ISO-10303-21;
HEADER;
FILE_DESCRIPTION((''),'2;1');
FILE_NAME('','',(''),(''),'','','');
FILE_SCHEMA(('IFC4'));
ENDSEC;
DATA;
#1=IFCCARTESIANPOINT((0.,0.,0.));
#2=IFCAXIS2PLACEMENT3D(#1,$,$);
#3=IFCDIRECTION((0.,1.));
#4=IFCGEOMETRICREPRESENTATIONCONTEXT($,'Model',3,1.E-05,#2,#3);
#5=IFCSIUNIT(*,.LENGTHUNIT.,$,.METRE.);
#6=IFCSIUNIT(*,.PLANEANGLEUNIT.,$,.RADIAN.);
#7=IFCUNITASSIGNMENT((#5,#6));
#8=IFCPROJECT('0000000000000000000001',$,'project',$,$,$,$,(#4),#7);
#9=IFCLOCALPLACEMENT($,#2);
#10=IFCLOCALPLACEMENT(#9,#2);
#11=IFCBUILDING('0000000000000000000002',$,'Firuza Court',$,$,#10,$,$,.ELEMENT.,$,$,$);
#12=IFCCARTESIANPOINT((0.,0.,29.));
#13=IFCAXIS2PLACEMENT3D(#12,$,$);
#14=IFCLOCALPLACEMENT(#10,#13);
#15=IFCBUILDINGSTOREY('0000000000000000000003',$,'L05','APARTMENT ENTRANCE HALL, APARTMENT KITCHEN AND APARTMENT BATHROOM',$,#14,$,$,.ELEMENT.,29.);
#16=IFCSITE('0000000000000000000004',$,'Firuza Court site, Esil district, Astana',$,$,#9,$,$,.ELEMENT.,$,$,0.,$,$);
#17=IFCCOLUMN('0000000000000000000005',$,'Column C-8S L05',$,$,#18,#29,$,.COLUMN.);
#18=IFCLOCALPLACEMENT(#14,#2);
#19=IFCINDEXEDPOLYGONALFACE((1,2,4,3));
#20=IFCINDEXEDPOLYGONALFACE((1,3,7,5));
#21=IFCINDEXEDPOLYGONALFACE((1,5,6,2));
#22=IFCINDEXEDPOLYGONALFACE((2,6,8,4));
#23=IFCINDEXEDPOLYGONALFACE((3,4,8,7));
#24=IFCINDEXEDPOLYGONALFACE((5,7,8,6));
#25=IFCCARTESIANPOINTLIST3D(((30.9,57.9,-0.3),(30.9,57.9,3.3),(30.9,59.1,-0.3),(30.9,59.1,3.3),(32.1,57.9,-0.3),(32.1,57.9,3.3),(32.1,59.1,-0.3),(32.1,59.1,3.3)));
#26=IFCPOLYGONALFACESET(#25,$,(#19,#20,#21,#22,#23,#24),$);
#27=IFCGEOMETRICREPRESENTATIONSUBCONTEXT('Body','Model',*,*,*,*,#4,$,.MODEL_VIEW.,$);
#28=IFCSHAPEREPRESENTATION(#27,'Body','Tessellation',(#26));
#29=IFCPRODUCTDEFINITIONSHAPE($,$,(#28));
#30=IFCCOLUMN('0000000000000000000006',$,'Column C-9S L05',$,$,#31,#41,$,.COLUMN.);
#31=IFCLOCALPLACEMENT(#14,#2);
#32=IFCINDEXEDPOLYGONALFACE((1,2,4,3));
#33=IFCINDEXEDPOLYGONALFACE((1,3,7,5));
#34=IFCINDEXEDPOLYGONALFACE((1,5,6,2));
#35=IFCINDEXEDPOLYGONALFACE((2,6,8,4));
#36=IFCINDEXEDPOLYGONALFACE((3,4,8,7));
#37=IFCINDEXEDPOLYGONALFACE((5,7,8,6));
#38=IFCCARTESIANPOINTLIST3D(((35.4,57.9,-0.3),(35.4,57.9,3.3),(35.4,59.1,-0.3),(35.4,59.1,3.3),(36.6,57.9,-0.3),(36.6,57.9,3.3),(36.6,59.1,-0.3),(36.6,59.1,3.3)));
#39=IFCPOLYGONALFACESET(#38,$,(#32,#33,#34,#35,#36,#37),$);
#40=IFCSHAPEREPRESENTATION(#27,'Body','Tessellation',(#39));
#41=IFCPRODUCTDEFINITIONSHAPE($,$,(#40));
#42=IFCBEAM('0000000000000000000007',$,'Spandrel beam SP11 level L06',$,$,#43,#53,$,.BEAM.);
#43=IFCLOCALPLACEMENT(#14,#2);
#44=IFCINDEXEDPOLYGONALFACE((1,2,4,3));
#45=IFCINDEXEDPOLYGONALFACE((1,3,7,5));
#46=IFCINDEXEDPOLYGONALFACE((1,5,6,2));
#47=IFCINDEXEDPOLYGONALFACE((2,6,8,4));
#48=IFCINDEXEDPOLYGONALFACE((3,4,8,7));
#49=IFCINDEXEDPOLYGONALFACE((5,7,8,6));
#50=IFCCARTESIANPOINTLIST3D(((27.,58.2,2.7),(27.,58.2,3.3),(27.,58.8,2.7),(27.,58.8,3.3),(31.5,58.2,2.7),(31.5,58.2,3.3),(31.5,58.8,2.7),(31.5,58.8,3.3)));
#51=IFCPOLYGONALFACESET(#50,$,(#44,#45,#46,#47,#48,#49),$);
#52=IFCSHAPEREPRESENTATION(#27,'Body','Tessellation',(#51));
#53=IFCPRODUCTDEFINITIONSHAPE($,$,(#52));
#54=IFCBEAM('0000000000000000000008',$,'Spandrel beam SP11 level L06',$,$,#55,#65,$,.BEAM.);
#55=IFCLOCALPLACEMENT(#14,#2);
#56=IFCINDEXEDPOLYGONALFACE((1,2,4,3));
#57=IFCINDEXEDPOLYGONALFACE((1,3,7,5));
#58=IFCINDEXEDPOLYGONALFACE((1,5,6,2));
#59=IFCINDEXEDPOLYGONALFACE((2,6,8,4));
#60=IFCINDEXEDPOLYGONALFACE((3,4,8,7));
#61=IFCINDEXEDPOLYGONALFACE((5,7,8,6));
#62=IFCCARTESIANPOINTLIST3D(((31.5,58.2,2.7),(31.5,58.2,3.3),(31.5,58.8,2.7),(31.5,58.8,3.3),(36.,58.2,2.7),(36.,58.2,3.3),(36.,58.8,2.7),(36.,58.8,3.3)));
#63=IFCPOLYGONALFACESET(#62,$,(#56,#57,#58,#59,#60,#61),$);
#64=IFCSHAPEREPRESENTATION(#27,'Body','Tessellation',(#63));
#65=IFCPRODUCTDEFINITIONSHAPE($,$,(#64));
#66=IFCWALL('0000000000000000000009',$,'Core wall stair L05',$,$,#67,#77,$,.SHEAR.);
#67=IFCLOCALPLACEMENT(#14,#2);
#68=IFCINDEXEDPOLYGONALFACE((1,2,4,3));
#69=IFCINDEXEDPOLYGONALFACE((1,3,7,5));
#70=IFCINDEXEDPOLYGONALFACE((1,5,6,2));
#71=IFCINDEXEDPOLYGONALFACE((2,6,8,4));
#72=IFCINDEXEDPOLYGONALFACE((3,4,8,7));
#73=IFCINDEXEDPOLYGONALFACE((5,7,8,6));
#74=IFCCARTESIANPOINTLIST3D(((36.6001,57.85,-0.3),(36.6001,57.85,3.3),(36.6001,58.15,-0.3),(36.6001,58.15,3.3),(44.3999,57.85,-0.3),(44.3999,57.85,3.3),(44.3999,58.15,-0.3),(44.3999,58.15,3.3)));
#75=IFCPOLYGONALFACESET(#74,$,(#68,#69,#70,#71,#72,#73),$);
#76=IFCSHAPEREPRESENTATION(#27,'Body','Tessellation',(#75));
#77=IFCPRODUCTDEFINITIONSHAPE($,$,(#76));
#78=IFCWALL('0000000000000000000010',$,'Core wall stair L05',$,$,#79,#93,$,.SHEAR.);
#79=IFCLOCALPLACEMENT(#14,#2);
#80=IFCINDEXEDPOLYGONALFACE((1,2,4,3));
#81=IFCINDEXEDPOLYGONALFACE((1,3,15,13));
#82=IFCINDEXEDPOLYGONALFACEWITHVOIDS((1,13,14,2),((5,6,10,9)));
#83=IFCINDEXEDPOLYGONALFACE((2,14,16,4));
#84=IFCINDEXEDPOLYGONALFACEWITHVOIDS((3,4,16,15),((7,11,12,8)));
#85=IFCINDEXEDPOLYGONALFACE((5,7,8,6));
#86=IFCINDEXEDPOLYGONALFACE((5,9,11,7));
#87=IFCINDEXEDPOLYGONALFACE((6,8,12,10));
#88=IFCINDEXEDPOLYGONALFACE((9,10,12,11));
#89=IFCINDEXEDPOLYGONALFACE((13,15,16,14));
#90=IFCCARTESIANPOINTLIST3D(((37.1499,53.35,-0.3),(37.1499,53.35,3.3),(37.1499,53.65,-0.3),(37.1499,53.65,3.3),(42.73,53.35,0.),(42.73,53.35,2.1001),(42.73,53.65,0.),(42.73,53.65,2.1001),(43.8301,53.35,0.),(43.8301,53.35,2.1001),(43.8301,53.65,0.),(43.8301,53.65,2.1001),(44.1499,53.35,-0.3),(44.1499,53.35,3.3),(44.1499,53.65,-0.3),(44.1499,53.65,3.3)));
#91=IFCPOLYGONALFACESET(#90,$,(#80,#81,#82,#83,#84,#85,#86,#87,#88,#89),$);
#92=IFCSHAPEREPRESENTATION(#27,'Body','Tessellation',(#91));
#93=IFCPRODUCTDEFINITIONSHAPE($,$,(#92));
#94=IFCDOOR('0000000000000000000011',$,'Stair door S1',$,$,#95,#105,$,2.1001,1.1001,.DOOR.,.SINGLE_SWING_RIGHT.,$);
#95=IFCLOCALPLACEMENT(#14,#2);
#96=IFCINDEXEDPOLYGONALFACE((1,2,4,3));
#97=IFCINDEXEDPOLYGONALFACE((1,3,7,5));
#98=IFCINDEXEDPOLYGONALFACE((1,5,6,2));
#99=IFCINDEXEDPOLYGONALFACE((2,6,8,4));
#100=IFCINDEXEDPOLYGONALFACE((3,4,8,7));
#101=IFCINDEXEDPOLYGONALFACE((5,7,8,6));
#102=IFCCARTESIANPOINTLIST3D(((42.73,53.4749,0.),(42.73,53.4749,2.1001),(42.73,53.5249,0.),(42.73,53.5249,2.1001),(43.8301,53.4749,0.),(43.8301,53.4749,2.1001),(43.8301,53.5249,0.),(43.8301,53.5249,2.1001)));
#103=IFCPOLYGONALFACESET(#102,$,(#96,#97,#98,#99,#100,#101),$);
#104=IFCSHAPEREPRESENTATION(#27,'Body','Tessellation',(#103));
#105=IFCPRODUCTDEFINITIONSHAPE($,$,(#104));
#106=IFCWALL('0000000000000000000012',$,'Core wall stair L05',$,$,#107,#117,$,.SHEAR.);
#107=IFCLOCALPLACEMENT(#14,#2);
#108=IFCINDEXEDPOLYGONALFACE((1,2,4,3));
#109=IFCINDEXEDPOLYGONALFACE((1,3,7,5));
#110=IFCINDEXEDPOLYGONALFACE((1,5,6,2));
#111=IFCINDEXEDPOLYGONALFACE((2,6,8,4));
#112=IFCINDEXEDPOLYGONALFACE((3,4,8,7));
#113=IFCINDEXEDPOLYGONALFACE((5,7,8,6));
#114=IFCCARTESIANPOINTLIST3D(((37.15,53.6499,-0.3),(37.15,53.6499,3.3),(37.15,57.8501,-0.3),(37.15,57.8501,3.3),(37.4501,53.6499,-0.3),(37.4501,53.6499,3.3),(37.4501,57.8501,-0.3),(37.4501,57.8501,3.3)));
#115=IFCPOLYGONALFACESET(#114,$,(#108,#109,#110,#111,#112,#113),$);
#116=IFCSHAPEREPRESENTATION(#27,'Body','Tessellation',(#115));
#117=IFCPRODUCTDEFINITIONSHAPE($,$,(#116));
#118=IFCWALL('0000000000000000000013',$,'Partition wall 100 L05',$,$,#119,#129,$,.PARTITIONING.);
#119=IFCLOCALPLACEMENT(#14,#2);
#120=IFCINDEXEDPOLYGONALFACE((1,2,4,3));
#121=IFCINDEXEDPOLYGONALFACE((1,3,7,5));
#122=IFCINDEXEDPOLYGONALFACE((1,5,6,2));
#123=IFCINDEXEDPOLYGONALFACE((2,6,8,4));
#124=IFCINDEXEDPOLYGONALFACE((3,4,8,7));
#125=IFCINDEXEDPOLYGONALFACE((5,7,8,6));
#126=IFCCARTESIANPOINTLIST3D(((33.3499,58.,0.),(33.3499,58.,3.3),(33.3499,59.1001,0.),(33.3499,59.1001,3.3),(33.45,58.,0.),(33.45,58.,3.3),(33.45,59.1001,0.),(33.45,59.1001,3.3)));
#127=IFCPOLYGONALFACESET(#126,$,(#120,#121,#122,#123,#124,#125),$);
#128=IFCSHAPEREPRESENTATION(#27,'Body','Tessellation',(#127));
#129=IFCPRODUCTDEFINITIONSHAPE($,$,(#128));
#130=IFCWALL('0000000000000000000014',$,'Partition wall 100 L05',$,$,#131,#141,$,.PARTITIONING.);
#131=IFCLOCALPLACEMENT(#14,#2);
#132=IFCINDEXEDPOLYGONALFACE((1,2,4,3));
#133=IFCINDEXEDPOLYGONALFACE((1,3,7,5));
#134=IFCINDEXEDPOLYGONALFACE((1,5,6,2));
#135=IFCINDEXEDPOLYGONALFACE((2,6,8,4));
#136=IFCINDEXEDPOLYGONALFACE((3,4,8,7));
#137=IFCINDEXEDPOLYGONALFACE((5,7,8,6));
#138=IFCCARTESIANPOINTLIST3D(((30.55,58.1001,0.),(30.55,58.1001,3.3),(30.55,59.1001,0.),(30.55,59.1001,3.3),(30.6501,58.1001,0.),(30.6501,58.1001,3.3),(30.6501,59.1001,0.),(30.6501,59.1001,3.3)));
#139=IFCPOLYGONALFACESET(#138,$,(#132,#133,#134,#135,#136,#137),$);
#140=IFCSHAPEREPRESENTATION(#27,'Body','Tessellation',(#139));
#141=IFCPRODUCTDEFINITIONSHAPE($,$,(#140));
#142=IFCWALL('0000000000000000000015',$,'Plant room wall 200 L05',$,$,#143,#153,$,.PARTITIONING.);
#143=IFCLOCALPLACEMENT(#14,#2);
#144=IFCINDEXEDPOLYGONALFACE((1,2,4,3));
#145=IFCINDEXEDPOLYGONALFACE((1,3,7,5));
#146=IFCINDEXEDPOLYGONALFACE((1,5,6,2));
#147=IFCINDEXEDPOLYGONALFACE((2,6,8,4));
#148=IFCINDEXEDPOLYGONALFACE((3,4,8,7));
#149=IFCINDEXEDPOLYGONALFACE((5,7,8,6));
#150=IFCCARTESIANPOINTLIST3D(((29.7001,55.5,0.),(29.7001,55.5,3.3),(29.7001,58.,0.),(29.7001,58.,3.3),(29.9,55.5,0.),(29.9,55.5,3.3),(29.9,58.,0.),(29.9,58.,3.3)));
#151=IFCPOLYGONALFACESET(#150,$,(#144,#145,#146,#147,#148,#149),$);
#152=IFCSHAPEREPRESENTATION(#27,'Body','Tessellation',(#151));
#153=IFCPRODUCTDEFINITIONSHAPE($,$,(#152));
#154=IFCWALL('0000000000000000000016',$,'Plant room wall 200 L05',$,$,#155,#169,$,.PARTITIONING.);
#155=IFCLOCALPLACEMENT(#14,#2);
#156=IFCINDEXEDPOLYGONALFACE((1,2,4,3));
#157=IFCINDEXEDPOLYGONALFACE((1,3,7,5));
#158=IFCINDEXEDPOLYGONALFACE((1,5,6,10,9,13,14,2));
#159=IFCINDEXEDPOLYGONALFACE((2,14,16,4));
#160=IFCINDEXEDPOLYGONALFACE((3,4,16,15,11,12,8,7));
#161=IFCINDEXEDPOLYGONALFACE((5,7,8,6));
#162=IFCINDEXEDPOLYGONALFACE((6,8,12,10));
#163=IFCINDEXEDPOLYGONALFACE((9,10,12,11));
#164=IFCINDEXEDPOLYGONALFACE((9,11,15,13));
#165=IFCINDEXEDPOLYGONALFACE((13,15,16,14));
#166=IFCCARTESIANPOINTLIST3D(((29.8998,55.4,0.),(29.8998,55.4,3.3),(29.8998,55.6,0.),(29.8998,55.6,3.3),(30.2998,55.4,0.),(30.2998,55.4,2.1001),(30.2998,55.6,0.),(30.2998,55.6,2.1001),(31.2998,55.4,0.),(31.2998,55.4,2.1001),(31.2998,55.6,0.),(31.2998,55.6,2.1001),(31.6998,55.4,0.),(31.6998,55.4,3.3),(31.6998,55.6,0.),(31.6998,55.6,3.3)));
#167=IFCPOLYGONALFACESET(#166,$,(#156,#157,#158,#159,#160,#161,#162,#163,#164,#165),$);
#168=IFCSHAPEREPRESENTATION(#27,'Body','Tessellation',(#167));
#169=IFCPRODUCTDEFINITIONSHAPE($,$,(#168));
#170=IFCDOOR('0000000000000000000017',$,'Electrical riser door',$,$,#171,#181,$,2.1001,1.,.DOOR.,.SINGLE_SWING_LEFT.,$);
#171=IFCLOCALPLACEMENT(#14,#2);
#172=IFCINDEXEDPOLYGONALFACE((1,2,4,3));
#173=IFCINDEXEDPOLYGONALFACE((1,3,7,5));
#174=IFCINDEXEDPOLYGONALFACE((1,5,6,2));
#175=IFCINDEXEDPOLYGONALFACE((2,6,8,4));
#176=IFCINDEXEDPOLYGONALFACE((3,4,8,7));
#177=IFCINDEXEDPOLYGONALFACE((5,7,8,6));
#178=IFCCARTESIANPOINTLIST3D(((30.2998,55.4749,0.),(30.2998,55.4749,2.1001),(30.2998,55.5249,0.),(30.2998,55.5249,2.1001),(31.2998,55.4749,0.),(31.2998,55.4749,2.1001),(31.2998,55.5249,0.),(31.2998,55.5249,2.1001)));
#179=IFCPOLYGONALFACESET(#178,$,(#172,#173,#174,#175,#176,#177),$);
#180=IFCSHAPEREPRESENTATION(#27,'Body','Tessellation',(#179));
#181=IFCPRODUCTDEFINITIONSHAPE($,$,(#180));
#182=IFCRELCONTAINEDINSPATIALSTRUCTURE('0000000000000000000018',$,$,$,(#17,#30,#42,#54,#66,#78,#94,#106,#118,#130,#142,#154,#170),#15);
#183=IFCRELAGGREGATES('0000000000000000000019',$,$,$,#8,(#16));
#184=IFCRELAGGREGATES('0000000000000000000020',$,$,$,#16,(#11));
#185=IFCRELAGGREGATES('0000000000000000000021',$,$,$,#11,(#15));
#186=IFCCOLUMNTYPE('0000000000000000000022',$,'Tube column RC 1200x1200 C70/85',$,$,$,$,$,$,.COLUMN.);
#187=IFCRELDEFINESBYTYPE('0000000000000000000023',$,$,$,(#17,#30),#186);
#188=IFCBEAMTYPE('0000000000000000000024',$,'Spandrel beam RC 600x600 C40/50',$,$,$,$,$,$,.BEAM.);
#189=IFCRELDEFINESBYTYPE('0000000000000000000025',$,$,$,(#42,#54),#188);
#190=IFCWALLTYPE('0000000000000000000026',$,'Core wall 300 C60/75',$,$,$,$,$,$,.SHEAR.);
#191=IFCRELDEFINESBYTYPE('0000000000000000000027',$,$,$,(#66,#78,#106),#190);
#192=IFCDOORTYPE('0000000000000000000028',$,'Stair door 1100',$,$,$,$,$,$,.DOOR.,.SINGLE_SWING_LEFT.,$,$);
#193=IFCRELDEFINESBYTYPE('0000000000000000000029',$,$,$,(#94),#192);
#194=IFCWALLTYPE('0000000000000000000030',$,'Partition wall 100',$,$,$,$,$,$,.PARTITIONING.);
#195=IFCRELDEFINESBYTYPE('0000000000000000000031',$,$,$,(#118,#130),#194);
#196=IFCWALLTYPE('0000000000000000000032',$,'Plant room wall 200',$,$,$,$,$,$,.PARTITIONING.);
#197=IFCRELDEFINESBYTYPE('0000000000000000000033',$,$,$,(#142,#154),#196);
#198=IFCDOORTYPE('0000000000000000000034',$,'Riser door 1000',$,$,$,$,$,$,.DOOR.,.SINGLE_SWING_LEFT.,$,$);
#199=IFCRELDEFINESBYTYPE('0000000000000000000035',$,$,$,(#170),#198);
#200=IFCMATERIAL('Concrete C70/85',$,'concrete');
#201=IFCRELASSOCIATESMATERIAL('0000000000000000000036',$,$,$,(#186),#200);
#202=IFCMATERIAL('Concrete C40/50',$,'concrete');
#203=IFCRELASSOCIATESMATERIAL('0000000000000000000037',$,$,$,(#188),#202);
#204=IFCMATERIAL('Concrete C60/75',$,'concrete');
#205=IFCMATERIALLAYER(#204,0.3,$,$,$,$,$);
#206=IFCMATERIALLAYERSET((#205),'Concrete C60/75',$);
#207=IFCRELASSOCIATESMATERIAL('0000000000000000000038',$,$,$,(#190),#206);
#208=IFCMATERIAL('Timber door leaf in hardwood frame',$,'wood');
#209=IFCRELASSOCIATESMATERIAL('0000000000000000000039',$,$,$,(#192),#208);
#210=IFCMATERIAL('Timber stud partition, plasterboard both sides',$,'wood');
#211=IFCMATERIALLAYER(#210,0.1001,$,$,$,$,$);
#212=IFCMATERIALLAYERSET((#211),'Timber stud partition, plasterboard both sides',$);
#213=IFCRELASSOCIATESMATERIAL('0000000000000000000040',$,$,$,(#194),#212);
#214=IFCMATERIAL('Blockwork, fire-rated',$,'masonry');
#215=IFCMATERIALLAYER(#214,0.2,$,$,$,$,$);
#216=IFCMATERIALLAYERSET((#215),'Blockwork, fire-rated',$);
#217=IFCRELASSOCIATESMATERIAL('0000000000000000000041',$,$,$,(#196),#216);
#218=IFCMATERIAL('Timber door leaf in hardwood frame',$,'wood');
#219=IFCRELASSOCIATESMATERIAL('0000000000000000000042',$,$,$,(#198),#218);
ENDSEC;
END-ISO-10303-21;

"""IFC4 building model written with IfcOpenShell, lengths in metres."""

from ifc_helpers import new_model, si_unit, direction, frame, frame_2d, origin, origin_2d, place, context, subcontext, project, spatial, rectangle, extrude, material, layer, layer_set, material_profile, profile_set, type_object, element, fill, save


model = new_model("IFC4")

# Units and contexts
model_context = context("Model", 3, precision=1e-05, world=origin(), true_north=direction((0.0, 1.0)))
body_context = subcontext(model_context, "Body", "Model", "MODEL_VIEW")
ifc_project = project(units=[si_unit("LENGTHUNIT", "METRE"), si_unit("PLANEANGLEUNIT", "RADIAN")], contexts=[model_context])

# Site, building, storey
site_placement = place(None, origin())
site = spatial("IfcSite", under=ifc_project, at=site_placement, Name="Firuza Court site, Esil district, Astana", CompositionType="ELEMENT", RefElevation=0.0)
building_placement = place(site_placement, origin())
building = spatial("IfcBuilding", under=site, at=building_placement, Name="Firuza Court", CompositionType="ELEMENT")
storey_placement = place(building_placement, frame((0.0, 0.0, 29.0)))
storey = spatial("IfcBuildingStorey", under=building, at=storey_placement, Name="L05", Description="APARTMENT ENTRANCE HALL, APARTMENT KITCHEN AND APARTMENT BATHROOM", CompositionType="ELEMENT", Elevation=29.0)

# Columns
ifc_material_1 = material(Name="Concrete C70/85", Category="concrete")
ifc_material_profile_1 = material_profile(ifc_material_1, rectangle(XDim=1.2, YDim=1.2, at=origin_2d()), Name="RC 1200x1200")
ifc_profile_set_1 = profile_set([ifc_material_profile_1], Name="Concrete C70/85")
column_type = type_object("IfcColumnType", Name="Tube column RC 1200x1200 C70/85", PredefinedType="COLUMN", material=ifc_profile_set_1)
for number, where, z_axis, x_axis, name in (
    (1, (31.5, 58.5, -0.3), (0.0, 0.0, 1.0), (1.0, 0.0, 0.0), "Column C-8S L05"),
    (2, (36.0, 58.5, -0.3), (0.0, 0.0, 1.0), (1.0, 0.0, 0.0), "Column C-9S L05"),
):
    element("IfcColumn", number, at=place(storey_placement, frame(where, z_axis=z_axis, x_axis=x_axis)), inside=storey, type_object=column_type, Name=name, PredefinedType="COLUMN", context=body_context, shape_type="SweptSolid", body=[
        extrude(rectangle(XDim=1.2, YDim=1.2, at=origin_2d()), origin(), (0.0, 0.0, 1.0), 3.6001),
    ])

# Beams
ifc_material_2 = material(Name="Concrete C40/50", Category="concrete")
ifc_material_profile_2 = material_profile(ifc_material_2, rectangle(XDim=0.6001, YDim=0.6001, at=origin_2d()), Name="RC 600x600")
ifc_profile_set_2 = profile_set([ifc_material_profile_2], Name="Concrete C40/50")
beam_type = type_object("IfcBeamType", Name="Spandrel beam RC 600x600 C40/50", PredefinedType="BEAM", material=ifc_profile_set_2)
for number, where, z_axis, x_axis, name in (
    (3, (31.5, 58.5, 3.0), (-1.0, 0.0, 0.0), (0.0, -1.0, 0.0), "Spandrel beam SP11 level L06"),
    (4, (36.0, 58.5, 3.0), (-1.0, 0.0, 0.0), (0.0, -1.0, 0.0), "Spandrel beam SP11 level L06"),
):
    element("IfcBeam", number, at=place(storey_placement, frame(where, z_axis=z_axis, x_axis=x_axis)), inside=storey, type_object=beam_type, Name=name, PredefinedType="BEAM", context=body_context, shape_type="SweptSolid", body=[
        extrude(rectangle(XDim=0.6001, YDim=0.6001, at=origin_2d()), origin(), (0.0, 0.0, 1.0), 4.5),
    ])

# Wall
ifc_material_3 = material(Name="Concrete C60/75", Category="concrete")
ifc_layer_1 = layer(ifc_material_3, 0.3)
ifc_layer_set_1 = layer_set([ifc_layer_1], Name="Concrete C60/75")
wall_type_1 = type_object("IfcWallType", Name="Core wall 300 C60/75", PredefinedType="SHEAR", material=ifc_layer_set_1)
wall_1_placement = place(storey_placement, frame((36.6001, 58.0, -0.3), z_axis=(0.0, 0.0, 1.0), x_axis=(1.0, 0.0, 0.0)))
element("IfcWall", 5, at=wall_1_placement, inside=storey, type_object=wall_type_1, Name="Core wall stair L05", PredefinedType="SHEAR", context=body_context, shape_type="SweptSolid", body=[
    extrude(rectangle(XDim=7.7998, YDim=0.3, at=frame_2d((3.8999, 0.0))), origin(), (0.0, 0.0, 1.0), 3.6001),
])

# Wall, opening, door
wall_2_placement = place(storey_placement, frame((37.1499, 53.5, -0.3), z_axis=(0.0, 0.0, 1.0), x_axis=(1.0, 0.0, 0.0)))
wall_2 = element("IfcWall", 6, at=wall_2_placement, inside=storey, type_object=wall_type_1, Name="Core wall stair L05", PredefinedType="SHEAR", context=body_context, shape_type="SweptSolid", body=[
    extrude(rectangle(XDim=7.0, YDim=0.3, at=frame_2d((3.5, 0.0))), origin(), (0.0, 0.0, 1.0), 3.6001),
])
opening_1_placement = place(wall_2_placement, frame((5.5801, 0.0, 0.3)))
opening_1 = element("IfcOpeningElement", 7, at=opening_1_placement, cuts=wall_2, PredefinedType="OPENING", context=body_context, shape_type="SweptSolid", body=[
    extrude(rectangle(XDim=1.1001, YDim=2.1001, at=frame_2d((0.55, 1.05))), frame((0.0, 0.1621, 0.0), z_axis=(0.0, -1.0, 0.0), x_axis=(1.0, 0.0, 0.0)), (0.0, 0.0, 1.0), 0.324),
])
ifc_material_4 = material(Name="Timber door leaf in hardwood frame", Category="wood")
door_type_1 = type_object("IfcDoorType", Name="Stair door 1100", OperationType="SINGLE_SWING_LEFT", PredefinedType="DOOR", material=ifc_material_4)
door_1_placement = place(opening_1_placement, origin())
door_1 = element("IfcDoor", 8, at=door_1_placement, inside=storey, type_object=door_type_1, Name="Stair door S1", OperationType="SINGLE_SWING_RIGHT", OverallHeight=2.1001, OverallWidth=1.1001, PredefinedType="DOOR", context=body_context, shape_type="SweptSolid", body=[
    extrude(rectangle(XDim=1.1001, YDim=2.1001, at=frame_2d((0.55, 1.05))), frame((0.0, 0.0249, 0.0), z_axis=(0.0, -1.0, 0.0), x_axis=(1.0, 0.0, 0.0)), (0.0, 0.0, 1.0), 0.05),
])
fill(opening_1, door_1)

# Walls
wall_3_placement = place(storey_placement, frame((37.3, 53.6499, -0.3), z_axis=(0.0, 0.0, 1.0), x_axis=(0.0, 1.0, 0.0)))
element("IfcWall", 9, at=wall_3_placement, inside=storey, type_object=wall_type_1, Name="Core wall stair L05", PredefinedType="SHEAR", context=body_context, shape_type="SweptSolid", body=[
    extrude(rectangle(XDim=4.2002, YDim=0.3, at=frame_2d((2.1001, 0.0))), origin(), (0.0, 0.0, 1.0), 3.6001),
])
ifc_material_5 = material(Name="Timber stud partition, plasterboard both sides", Category="wood")
ifc_layer_2 = layer(ifc_material_5, 0.1001)
ifc_layer_set_2 = layer_set([ifc_layer_2], Name="Timber stud partition, plasterboard both sides")
wall_type_2 = type_object("IfcWallType", Name="Partition wall 100", PredefinedType="PARTITIONING", material=ifc_layer_set_2)
wall_4_placement = place(storey_placement, frame((33.3999, 58.0, 0.0), z_axis=(0.0, 0.0, 1.0), x_axis=(0.0, 1.0, 0.0)))
element("IfcWall", 10, at=wall_4_placement, inside=storey, type_object=wall_type_2, Name="Partition wall 100 L05", PredefinedType="PARTITIONING", context=body_context, shape_type="SweptSolid", body=[
    extrude(rectangle(XDim=1.1001, YDim=0.1001, at=frame_2d((0.55, 0.0))), origin(), (0.0, 0.0, 1.0), 3.3),
])
wall_5_placement = place(storey_placement, frame((30.6001, 58.1001, 0.0), z_axis=(0.0, 0.0, 1.0), x_axis=(0.0, 1.0, 0.0)))
element("IfcWall", 11, at=wall_5_placement, inside=storey, type_object=wall_type_2, Name="Partition wall 100 L05", PredefinedType="PARTITIONING", context=body_context, shape_type="SweptSolid", body=[
    extrude(rectangle(XDim=1.0, YDim=0.1001, at=frame_2d((0.5, 0.0))), origin(), (0.0, 0.0, 1.0), 3.3),
])
ifc_material_6 = material(Name="Blockwork, fire-rated", Category="masonry")
ifc_layer_3 = layer(ifc_material_6, 0.2)
ifc_layer_set_3 = layer_set([ifc_layer_3], Name="Blockwork, fire-rated")
wall_type_3 = type_object("IfcWallType", Name="Plant room wall 200", PredefinedType="PARTITIONING", material=ifc_layer_set_3)
wall_6_placement = place(storey_placement, frame((29.8, 55.5, 0.0), z_axis=(0.0, 0.0, 1.0), x_axis=(0.0, 1.0, 0.0)))
element("IfcWall", 12, at=wall_6_placement, inside=storey, type_object=wall_type_3, Name="Plant room wall 200 L05", PredefinedType="PARTITIONING", context=body_context, shape_type="SweptSolid", body=[
    extrude(rectangle(XDim=2.5, YDim=0.2, at=frame_2d((1.25, 0.0))), origin(), (0.0, 0.0, 1.0), 3.3),
])

# Wall, opening, door
wall_7_placement = place(storey_placement, frame((29.8999, 55.5, 0.0), z_axis=(0.0, 0.0, 1.0), x_axis=(1.0, 0.0, 0.0)))
wall_7 = element("IfcWall", 13, at=wall_7_placement, inside=storey, type_object=wall_type_3, Name="Plant room wall 200 L05", PredefinedType="PARTITIONING", context=body_context, shape_type="SweptSolid", body=[
    extrude(rectangle(XDim=1.8, YDim=0.2, at=frame_2d((0.8999, 0.0))), origin(), (0.0, 0.0, 1.0), 3.3),
])
opening_2_placement = place(wall_7_placement, frame((0.3999, 0.0, 0.0)))
opening_2 = element("IfcOpeningElement", 14, at=opening_2_placement, cuts=wall_7, PredefinedType="OPENING", context=body_context, shape_type="SweptSolid", body=[
    extrude(rectangle(XDim=1.0, YDim=2.1001, at=frame_2d((0.5, 1.05))), frame((0.0, 0.1118, 0.0), z_axis=(0.0, -1.0, 0.0), x_axis=(1.0, 0.0, 0.0)), (0.0, 0.0, 1.0), 0.2239),
])
ifc_material_7 = material(Name="Timber door leaf in hardwood frame", Category="wood")
door_type_2 = type_object("IfcDoorType", Name="Riser door 1000", OperationType="SINGLE_SWING_LEFT", PredefinedType="DOOR", material=ifc_material_7)
door_2_placement = place(opening_2_placement, origin())
door_2 = element("IfcDoor", 15, at=door_2_placement, inside=storey, type_object=door_type_2, Name="Electrical riser door", OperationType="SINGLE_SWING_LEFT", OverallHeight=2.1001, OverallWidth=1.0, PredefinedType="DOOR", context=body_context, shape_type="SweptSolid", body=[
    extrude(rectangle(XDim=1.0, YDim=2.1001, at=frame_2d((0.5, 1.05))), frame((0.0, 0.0249, 0.0), z_axis=(0.0, -1.0, 0.0), x_axis=(1.0, 0.0, 0.0)), (0.0, 0.0, 1.0), 0.05),
])
fill(opening_2, door_2)

save(model, "model.ifc")
